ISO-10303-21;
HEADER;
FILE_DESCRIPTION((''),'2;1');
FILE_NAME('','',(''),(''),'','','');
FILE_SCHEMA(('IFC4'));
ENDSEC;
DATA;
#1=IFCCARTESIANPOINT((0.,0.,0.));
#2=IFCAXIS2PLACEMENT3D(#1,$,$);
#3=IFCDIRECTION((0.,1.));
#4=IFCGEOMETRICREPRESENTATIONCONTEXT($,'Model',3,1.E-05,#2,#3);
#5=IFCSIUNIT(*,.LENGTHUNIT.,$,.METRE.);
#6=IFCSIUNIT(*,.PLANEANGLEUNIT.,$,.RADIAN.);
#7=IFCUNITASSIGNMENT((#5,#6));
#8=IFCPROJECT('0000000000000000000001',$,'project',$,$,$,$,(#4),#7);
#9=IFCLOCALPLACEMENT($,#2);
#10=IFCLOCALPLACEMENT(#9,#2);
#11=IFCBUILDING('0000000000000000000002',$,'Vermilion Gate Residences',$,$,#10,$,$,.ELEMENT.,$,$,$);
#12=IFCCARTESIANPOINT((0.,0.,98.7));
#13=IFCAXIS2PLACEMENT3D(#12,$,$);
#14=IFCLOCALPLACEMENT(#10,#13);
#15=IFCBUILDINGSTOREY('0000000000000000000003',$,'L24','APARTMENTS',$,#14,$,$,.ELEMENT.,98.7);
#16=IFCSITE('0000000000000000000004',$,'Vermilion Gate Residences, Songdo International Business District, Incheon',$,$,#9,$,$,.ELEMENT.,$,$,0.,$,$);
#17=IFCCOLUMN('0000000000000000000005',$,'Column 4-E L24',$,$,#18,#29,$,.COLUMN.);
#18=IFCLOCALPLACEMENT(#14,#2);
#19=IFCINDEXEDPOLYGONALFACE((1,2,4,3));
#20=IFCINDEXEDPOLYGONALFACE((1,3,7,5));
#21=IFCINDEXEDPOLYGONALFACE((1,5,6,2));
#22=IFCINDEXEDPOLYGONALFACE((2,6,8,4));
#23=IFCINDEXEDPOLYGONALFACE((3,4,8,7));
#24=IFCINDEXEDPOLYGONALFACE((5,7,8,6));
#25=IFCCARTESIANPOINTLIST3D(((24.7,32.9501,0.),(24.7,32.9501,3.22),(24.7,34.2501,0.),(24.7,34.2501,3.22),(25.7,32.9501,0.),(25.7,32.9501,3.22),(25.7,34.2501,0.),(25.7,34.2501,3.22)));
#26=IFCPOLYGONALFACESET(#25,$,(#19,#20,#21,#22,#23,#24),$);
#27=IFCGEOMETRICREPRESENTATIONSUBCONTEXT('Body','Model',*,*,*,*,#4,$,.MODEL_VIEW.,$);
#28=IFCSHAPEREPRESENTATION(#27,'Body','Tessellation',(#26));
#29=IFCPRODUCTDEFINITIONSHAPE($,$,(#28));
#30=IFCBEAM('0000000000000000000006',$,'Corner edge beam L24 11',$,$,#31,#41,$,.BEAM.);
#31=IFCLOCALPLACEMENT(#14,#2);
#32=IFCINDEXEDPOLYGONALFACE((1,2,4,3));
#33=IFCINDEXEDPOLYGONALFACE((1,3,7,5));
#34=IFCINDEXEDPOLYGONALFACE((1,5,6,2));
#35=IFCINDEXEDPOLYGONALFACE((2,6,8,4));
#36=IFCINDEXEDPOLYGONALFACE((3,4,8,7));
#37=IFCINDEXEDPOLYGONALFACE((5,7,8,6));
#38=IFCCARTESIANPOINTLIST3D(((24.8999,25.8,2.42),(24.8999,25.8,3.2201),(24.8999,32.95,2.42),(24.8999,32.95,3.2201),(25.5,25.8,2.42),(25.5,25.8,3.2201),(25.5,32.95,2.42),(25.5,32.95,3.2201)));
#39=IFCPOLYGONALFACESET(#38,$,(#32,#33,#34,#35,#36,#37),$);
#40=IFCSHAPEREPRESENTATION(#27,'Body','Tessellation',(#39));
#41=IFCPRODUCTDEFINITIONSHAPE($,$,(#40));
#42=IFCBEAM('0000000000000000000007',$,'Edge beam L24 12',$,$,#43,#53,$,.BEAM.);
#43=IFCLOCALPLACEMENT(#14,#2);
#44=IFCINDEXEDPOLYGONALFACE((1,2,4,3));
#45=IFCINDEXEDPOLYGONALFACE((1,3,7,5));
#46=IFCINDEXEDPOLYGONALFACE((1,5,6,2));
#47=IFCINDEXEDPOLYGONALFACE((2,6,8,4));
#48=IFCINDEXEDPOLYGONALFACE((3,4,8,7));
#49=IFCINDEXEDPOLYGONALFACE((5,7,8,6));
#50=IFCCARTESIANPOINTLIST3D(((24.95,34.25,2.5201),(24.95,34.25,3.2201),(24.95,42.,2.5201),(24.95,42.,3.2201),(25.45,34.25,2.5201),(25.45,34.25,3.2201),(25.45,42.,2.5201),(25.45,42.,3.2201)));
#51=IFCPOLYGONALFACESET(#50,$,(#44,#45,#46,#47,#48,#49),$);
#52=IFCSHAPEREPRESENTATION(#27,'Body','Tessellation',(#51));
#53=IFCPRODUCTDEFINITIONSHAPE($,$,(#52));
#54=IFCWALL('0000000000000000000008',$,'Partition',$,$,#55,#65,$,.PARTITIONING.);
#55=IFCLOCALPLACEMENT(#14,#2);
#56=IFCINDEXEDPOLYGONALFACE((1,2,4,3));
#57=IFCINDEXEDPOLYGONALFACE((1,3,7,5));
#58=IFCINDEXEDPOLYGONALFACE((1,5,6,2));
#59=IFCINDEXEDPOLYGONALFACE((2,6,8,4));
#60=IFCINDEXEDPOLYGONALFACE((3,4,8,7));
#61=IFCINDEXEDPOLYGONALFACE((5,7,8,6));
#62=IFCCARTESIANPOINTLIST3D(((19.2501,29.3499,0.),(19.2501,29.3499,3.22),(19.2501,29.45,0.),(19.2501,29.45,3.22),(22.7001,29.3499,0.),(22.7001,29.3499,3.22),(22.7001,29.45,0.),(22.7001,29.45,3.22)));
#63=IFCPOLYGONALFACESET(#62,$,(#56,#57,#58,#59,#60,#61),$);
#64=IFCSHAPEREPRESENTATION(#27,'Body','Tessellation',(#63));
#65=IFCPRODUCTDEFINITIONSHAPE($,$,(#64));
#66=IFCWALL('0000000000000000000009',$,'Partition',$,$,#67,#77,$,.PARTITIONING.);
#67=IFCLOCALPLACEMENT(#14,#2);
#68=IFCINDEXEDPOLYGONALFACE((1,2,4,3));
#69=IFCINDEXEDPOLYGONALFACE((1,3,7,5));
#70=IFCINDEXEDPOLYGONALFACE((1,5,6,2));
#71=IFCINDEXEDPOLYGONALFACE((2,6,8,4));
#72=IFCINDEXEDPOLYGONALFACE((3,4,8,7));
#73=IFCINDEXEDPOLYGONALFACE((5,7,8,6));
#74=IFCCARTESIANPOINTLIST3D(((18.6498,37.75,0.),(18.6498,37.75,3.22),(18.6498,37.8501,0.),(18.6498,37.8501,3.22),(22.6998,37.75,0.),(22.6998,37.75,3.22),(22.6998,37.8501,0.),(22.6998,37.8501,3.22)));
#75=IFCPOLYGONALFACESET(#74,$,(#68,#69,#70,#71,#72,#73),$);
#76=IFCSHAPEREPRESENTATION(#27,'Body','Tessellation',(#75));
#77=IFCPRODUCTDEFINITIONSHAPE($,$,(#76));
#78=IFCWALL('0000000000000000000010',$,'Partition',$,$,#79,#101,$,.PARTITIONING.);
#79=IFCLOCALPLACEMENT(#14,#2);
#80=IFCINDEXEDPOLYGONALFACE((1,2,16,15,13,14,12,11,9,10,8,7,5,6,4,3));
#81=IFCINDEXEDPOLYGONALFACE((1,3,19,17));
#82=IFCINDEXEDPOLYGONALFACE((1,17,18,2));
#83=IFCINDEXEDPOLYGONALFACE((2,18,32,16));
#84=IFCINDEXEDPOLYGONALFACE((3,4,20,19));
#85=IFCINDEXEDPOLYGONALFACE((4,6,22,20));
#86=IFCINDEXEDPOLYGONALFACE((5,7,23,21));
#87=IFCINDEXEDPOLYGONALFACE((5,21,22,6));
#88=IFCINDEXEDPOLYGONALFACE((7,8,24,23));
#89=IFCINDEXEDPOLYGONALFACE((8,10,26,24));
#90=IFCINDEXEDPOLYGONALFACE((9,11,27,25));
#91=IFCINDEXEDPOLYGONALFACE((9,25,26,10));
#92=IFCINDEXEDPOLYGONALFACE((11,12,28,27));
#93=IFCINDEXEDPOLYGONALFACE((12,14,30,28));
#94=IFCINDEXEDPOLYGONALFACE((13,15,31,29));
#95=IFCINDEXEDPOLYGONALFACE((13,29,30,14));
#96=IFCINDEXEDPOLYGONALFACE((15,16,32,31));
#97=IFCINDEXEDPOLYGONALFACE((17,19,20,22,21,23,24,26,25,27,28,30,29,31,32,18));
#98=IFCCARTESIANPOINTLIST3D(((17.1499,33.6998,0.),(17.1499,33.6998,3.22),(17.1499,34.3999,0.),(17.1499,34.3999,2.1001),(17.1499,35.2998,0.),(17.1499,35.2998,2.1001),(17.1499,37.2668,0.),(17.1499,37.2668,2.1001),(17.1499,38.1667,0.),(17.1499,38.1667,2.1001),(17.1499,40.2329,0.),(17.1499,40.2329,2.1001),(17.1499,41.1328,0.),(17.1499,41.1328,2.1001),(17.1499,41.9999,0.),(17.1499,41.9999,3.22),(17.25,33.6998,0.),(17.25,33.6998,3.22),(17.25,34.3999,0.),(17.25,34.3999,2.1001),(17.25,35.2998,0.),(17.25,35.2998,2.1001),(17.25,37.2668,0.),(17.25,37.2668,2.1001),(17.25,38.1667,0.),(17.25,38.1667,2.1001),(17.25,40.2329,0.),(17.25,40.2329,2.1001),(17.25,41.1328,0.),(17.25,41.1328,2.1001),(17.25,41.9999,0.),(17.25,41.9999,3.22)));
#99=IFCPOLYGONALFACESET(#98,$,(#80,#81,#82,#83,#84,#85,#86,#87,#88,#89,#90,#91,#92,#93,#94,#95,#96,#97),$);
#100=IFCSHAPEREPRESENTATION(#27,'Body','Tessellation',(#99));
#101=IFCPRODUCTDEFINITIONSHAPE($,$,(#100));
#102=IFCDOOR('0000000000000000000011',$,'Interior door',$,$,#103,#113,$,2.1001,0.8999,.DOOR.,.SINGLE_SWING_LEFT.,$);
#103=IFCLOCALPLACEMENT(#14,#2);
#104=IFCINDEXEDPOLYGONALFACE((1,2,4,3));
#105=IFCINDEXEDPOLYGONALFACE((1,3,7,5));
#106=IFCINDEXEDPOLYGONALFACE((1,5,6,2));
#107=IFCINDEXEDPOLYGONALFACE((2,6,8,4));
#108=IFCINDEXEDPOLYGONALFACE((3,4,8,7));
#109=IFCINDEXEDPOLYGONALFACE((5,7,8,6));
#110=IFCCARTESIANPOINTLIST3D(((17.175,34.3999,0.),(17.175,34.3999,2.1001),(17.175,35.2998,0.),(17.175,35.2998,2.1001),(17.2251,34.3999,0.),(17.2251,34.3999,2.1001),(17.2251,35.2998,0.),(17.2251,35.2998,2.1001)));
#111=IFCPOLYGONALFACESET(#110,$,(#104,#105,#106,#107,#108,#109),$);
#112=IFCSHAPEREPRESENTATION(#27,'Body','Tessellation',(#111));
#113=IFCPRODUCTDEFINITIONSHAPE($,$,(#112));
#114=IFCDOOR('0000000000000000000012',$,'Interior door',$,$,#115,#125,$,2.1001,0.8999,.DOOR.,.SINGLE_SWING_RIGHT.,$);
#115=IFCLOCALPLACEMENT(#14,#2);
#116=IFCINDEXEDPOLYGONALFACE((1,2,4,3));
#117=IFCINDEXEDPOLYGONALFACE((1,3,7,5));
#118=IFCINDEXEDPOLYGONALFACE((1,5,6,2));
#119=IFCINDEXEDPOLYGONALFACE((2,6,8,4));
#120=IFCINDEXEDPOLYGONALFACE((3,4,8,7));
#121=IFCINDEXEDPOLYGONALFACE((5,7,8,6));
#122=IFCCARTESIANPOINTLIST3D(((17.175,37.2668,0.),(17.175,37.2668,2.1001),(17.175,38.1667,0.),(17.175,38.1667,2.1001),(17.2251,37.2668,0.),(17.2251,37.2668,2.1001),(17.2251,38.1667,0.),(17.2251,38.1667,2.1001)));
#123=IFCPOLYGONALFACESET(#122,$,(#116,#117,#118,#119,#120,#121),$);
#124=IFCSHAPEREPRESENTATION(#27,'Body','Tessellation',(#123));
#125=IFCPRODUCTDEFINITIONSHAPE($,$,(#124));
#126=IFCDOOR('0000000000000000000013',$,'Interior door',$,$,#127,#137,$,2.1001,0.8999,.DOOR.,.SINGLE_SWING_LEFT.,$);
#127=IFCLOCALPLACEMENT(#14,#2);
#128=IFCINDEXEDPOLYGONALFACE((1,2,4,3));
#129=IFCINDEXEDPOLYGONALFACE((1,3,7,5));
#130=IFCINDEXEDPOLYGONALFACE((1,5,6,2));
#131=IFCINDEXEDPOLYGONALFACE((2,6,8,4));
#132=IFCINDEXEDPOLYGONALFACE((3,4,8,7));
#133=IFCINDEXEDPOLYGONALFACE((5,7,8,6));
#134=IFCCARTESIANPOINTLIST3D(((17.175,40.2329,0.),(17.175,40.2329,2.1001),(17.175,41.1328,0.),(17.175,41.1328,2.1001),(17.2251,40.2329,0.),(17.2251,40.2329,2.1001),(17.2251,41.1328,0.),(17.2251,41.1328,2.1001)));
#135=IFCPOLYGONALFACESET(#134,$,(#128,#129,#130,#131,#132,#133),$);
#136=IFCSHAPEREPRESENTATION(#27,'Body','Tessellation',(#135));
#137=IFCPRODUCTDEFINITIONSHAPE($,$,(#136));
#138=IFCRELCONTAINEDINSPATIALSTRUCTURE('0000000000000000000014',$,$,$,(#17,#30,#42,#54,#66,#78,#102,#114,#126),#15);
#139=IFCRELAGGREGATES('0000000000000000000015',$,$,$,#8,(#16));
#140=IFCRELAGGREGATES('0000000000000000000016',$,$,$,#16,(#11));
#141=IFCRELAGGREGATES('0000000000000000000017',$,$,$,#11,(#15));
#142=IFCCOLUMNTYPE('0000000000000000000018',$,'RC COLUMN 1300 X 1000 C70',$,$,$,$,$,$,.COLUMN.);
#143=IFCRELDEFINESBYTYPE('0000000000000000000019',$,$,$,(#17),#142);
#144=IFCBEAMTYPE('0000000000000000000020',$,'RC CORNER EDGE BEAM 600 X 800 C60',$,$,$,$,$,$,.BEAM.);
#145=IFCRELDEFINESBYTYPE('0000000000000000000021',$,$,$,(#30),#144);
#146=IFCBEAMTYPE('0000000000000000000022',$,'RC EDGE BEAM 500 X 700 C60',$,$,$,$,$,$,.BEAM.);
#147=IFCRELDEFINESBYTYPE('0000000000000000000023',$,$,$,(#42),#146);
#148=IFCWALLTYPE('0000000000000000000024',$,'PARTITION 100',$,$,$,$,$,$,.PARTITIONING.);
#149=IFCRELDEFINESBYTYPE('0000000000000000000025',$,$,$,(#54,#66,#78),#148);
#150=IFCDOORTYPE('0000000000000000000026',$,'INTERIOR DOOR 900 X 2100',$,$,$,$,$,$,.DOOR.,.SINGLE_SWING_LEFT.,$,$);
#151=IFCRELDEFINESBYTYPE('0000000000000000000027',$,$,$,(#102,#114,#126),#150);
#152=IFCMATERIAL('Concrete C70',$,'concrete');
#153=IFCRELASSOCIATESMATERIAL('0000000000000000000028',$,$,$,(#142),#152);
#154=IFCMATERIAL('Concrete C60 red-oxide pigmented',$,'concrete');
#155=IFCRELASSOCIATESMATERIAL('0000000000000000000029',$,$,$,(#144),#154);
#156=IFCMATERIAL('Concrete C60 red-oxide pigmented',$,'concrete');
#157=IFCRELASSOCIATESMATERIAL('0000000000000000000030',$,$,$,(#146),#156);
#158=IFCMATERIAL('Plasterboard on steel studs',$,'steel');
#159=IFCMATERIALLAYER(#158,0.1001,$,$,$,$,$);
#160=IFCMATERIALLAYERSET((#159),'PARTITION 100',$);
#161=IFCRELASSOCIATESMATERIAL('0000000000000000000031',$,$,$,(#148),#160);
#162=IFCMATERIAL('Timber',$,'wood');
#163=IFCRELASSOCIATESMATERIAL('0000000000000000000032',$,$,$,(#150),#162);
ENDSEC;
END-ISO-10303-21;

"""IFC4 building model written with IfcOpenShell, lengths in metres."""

from ifc_helpers import new_model, si_unit, direction, frame, frame_2d, origin, origin_2d, place, context, subcontext, project, spatial, rectangle, extrude, material, layer, layer_set, material_profile, profile_set, type_object, element, fill, save


model = new_model("IFC4")

# Units and contexts
model_context = context("Model", 3, precision=1e-05, world=origin(), true_north=direction((0.0, 1.0)))
body_context = subcontext(model_context, "Body", "Model", "MODEL_VIEW")
ifc_project = project(units=[si_unit("LENGTHUNIT", "METRE"), si_unit("PLANEANGLEUNIT", "RADIAN")], contexts=[model_context])

# Site, building, storey
site_placement = place(None, origin())
site = spatial("IfcSite", under=ifc_project, at=site_placement, Name="Vermilion Gate Residences, Songdo International Business District, Incheon", CompositionType="ELEMENT", RefElevation=0.0)
building_placement = place(site_placement, origin())
building = spatial("IfcBuilding", under=site, at=building_placement, Name="Vermilion Gate Residences", CompositionType="ELEMENT")
storey_placement = place(building_placement, frame((0.0, 0.0, 98.7)))
storey = spatial("IfcBuildingStorey", under=building, at=storey_placement, Name="L24", Description="APARTMENTS", CompositionType="ELEMENT", Elevation=98.7)

# Column
ifc_material_1 = material(Name="Concrete C70", Category="concrete")
ifc_material_profile_1 = material_profile(ifc_material_1, rectangle(XDim=1.3, YDim=1.0, at=origin_2d()), Name="RC-1300x1000")
ifc_profile_set_1 = profile_set([ifc_material_profile_1], Name="Concrete C70")
column_type = type_object("IfcColumnType", Name="RC COLUMN 1300 X 1000 C70", PredefinedType="COLUMN", material=ifc_profile_set_1)
column_placement = place(storey_placement, frame((25.2, 33.6001, 0.0), z_axis=(0.0, 0.0, 1.0), x_axis=(0.0, 1.0, 0.0)))
element("IfcColumn", 1, at=column_placement, inside=storey, type_object=column_type, Name="Column 4-E L24", PredefinedType="COLUMN", context=body_context, shape_type="SweptSolid", body=[
    extrude(rectangle(XDim=1.3, YDim=1.0, at=origin_2d()), origin(), (0.0, 0.0, 1.0), 3.22),
])

# Beams
ifc_material_2 = material(Name="Concrete C60 red-oxide pigmented", Category="concrete")
ifc_material_profile_2 = material_profile(ifc_material_2, rectangle(XDim=0.6001, YDim=0.8, at=origin_2d()), Name="RC-600x800")
ifc_profile_set_2 = profile_set([ifc_material_profile_2], Name="Concrete C60 red-oxide pigmented")
beam_type_1 = type_object("IfcBeamType", Name="RC CORNER EDGE BEAM 600 X 800 C60", PredefinedType="BEAM", material=ifc_profile_set_2)
beam_1_placement = place(storey_placement, frame((25.2, 25.8, 2.8201), z_axis=(0.0, 1.0, 0.0), x_axis=(-1.0, 0.0, 0.0)))
element("IfcBeam", 2, at=beam_1_placement, inside=storey, type_object=beam_type_1, Name="Corner edge beam L24 11", PredefinedType="BEAM", context=body_context, shape_type="SweptSolid", body=[
    extrude(rectangle(XDim=0.6001, YDim=0.8, at=origin_2d()), origin(), (0.0, 0.0, 1.0), 7.1499),
])
ifc_material_3 = material(Name="Concrete C60 red-oxide pigmented", Category="concrete")
ifc_material_profile_3 = material_profile(ifc_material_3, rectangle(XDim=0.5, YDim=0.7, at=origin_2d()), Name="RC-500x700")
ifc_profile_set_3 = profile_set([ifc_material_profile_3], Name="Concrete C60 red-oxide pigmented")
beam_type_2 = type_object("IfcBeamType", Name="RC EDGE BEAM 500 X 700 C60", PredefinedType="BEAM", material=ifc_profile_set_3)
beam_2_placement = place(storey_placement, frame((25.2, 34.25, 2.8701), z_axis=(0.0, 1.0, 0.0), x_axis=(-1.0, 0.0, 0.0)))
element("IfcBeam", 3, at=beam_2_placement, inside=storey, type_object=beam_type_2, Name="Edge beam L24 12", PredefinedType="BEAM", context=body_context, shape_type="SweptSolid", body=[
    extrude(rectangle(XDim=0.5, YDim=0.7, at=origin_2d()), origin(), (0.0, 0.0, 1.0), 7.75),
])

# Walls
ifc_material_4 = material(Name="Plasterboard on steel studs", Category="steel")
ifc_layer_1 = layer(ifc_material_4, 0.1001)
ifc_layer_set_1 = layer_set([ifc_layer_1], Name="PARTITION 100")
wall_type_1 = type_object("IfcWallType", Name="PARTITION 100", PredefinedType="PARTITIONING", material=ifc_layer_set_1)
wall_1_placement = place(storey_placement, frame((19.25, 29.3999, 0.0), z_axis=(0.0, 0.0, 1.0), x_axis=(1.0, 0.0, 0.0)))
element("IfcWall", 4, at=wall_1_placement, inside=storey, type_object=wall_type_1, Name="Partition", PredefinedType="PARTITIONING", context=body_context, shape_type="SweptSolid", body=[
    extrude(rectangle(XDim=3.45, YDim=0.1001, at=frame_2d((1.7251, 0.0))), origin(), (0.0, 0.0, 1.0), 3.22),
])
wall_2_placement = place(storey_placement, frame((18.6499, 37.8, 0.0), z_axis=(0.0, 0.0, 1.0), x_axis=(1.0, 0.0, 0.0)))
element("IfcWall", 5, at=wall_2_placement, inside=storey, type_object=wall_type_1, Name="Partition", PredefinedType="PARTITIONING", context=body_context, shape_type="SweptSolid", body=[
    extrude(rectangle(XDim=4.05, YDim=0.1001, at=frame_2d((2.0249, 0.0))), origin(), (0.0, 0.0, 1.0), 3.22),
])

# Wall, openings, doors
wall_3_placement = place(storey_placement, frame((17.2, 33.7, 0.0), z_axis=(0.0, 0.0, 1.0), x_axis=(0.0, 1.0, 0.0)))
wall_3 = element("IfcWall", 6, at=wall_3_placement, inside=storey, type_object=wall_type_1, Name="Partition", PredefinedType="PARTITIONING", context=body_context, shape_type="SweptSolid", body=[
    extrude(rectangle(XDim=8.3, YDim=0.1001, at=frame_2d((4.1499, 0.0))), origin(), (0.0, 0.0, 1.0), 3.22),
])
opening_1_placement = place(wall_3_placement, frame((0.7, 0.0, 0.0)))
opening_1 = element("IfcOpeningElement", 7, at=opening_1_placement, cuts=wall_3, PredefinedType="OPENING", context=body_context, shape_type="SweptSolid", body=[
    extrude(rectangle(XDim=0.8999, YDim=2.1001, at=frame_2d((0.45, 1.05))), frame((0.0, 0.0601, 0.0), z_axis=(0.0, -1.0, 0.0), x_axis=(1.0, 0.0, 0.0)), (0.0, 0.0, 1.0), 0.1201),
])
opening_2_placement = place(wall_3_placement, frame((3.5669, 0.0, 0.0)))
opening_2 = element("IfcOpeningElement", 8, at=opening_2_placement, cuts=wall_3, PredefinedType="OPENING", context=body_context, shape_type="SweptSolid", body=[
    extrude(rectangle(XDim=0.8999, YDim=2.1001, at=frame_2d((0.45, 1.05))), frame((0.0, 0.0601, 0.0), z_axis=(0.0, -1.0, 0.0), x_axis=(1.0, 0.0, 0.0)), (0.0, 0.0, 1.0), 0.1201),
])
opening_3_placement = place(wall_3_placement, frame((6.533, 0.0, 0.0)))
opening_3 = element("IfcOpeningElement", 9, at=opening_3_placement, cuts=wall_3, PredefinedType="OPENING", context=body_context, shape_type="SweptSolid", body=[
    extrude(rectangle(XDim=0.8999, YDim=2.1001, at=frame_2d((0.45, 1.05))), frame((0.0, 0.0601, 0.0), z_axis=(0.0, -1.0, 0.0), x_axis=(1.0, 0.0, 0.0)), (0.0, 0.0, 1.0), 0.1201),
])
ifc_material_5 = material(Name="Timber", Category="wood")
door_type = type_object("IfcDoorType", Name="INTERIOR DOOR 900 X 2100", OperationType="SINGLE_SWING_LEFT", PredefinedType="DOOR", material=ifc_material_5)
door_1_placement = place(opening_1_placement, origin())
door_1 = element("IfcDoor", 10, at=door_1_placement, inside=storey, type_object=door_type, Name="Interior door", OperationType="SINGLE_SWING_LEFT", OverallHeight=2.1001, OverallWidth=0.8999, PredefinedType="DOOR", context=body_context, shape_type="SweptSolid", body=[
    extrude(rectangle(XDim=0.8999, YDim=2.1001, at=frame_2d((0.45, 1.05))), frame((0.0, 0.0249, 0.0), z_axis=(0.0, -1.0, 0.0), x_axis=(1.0, 0.0, 0.0)), (0.0, 0.0, 1.0), 0.05),
])
fill(opening_1, door_1)
door_2_placement = place(opening_2_placement, origin())
door_2 = element("IfcDoor", 11, at=door_2_placement, inside=storey, type_object=door_type, Name="Interior door", OperationType="SINGLE_SWING_RIGHT", OverallHeight=2.1001, OverallWidth=0.8999, PredefinedType="DOOR", context=body_context, shape_type="SweptSolid", body=[
    extrude(rectangle(XDim=0.8999, YDim=2.1001, at=frame_2d((0.45, 1.05))), frame((0.0, 0.0249, 0.0), z_axis=(0.0, -1.0, 0.0), x_axis=(1.0, 0.0, 0.0)), (0.0, 0.0, 1.0), 0.05),
])
fill(opening_2, door_2)
door_3_placement = place(opening_3_placement, origin())
door_3 = element("IfcDoor", 12, at=door_3_placement, inside=storey, type_object=door_type, Name="Interior door", OperationType="SINGLE_SWING_LEFT", OverallHeight=2.1001, OverallWidth=0.8999, PredefinedType="DOOR", context=body_context, shape_type="SweptSolid", body=[
    extrude(rectangle(XDim=0.8999, YDim=2.1001, at=frame_2d((0.45, 1.05))), frame((0.0, 0.0249, 0.0), z_axis=(0.0, -1.0, 0.0), x_axis=(1.0, 0.0, 0.0)), (0.0, 0.0, 1.0), 0.05),
])
fill(opening_3, door_3)

save(model, "model.ifc")
